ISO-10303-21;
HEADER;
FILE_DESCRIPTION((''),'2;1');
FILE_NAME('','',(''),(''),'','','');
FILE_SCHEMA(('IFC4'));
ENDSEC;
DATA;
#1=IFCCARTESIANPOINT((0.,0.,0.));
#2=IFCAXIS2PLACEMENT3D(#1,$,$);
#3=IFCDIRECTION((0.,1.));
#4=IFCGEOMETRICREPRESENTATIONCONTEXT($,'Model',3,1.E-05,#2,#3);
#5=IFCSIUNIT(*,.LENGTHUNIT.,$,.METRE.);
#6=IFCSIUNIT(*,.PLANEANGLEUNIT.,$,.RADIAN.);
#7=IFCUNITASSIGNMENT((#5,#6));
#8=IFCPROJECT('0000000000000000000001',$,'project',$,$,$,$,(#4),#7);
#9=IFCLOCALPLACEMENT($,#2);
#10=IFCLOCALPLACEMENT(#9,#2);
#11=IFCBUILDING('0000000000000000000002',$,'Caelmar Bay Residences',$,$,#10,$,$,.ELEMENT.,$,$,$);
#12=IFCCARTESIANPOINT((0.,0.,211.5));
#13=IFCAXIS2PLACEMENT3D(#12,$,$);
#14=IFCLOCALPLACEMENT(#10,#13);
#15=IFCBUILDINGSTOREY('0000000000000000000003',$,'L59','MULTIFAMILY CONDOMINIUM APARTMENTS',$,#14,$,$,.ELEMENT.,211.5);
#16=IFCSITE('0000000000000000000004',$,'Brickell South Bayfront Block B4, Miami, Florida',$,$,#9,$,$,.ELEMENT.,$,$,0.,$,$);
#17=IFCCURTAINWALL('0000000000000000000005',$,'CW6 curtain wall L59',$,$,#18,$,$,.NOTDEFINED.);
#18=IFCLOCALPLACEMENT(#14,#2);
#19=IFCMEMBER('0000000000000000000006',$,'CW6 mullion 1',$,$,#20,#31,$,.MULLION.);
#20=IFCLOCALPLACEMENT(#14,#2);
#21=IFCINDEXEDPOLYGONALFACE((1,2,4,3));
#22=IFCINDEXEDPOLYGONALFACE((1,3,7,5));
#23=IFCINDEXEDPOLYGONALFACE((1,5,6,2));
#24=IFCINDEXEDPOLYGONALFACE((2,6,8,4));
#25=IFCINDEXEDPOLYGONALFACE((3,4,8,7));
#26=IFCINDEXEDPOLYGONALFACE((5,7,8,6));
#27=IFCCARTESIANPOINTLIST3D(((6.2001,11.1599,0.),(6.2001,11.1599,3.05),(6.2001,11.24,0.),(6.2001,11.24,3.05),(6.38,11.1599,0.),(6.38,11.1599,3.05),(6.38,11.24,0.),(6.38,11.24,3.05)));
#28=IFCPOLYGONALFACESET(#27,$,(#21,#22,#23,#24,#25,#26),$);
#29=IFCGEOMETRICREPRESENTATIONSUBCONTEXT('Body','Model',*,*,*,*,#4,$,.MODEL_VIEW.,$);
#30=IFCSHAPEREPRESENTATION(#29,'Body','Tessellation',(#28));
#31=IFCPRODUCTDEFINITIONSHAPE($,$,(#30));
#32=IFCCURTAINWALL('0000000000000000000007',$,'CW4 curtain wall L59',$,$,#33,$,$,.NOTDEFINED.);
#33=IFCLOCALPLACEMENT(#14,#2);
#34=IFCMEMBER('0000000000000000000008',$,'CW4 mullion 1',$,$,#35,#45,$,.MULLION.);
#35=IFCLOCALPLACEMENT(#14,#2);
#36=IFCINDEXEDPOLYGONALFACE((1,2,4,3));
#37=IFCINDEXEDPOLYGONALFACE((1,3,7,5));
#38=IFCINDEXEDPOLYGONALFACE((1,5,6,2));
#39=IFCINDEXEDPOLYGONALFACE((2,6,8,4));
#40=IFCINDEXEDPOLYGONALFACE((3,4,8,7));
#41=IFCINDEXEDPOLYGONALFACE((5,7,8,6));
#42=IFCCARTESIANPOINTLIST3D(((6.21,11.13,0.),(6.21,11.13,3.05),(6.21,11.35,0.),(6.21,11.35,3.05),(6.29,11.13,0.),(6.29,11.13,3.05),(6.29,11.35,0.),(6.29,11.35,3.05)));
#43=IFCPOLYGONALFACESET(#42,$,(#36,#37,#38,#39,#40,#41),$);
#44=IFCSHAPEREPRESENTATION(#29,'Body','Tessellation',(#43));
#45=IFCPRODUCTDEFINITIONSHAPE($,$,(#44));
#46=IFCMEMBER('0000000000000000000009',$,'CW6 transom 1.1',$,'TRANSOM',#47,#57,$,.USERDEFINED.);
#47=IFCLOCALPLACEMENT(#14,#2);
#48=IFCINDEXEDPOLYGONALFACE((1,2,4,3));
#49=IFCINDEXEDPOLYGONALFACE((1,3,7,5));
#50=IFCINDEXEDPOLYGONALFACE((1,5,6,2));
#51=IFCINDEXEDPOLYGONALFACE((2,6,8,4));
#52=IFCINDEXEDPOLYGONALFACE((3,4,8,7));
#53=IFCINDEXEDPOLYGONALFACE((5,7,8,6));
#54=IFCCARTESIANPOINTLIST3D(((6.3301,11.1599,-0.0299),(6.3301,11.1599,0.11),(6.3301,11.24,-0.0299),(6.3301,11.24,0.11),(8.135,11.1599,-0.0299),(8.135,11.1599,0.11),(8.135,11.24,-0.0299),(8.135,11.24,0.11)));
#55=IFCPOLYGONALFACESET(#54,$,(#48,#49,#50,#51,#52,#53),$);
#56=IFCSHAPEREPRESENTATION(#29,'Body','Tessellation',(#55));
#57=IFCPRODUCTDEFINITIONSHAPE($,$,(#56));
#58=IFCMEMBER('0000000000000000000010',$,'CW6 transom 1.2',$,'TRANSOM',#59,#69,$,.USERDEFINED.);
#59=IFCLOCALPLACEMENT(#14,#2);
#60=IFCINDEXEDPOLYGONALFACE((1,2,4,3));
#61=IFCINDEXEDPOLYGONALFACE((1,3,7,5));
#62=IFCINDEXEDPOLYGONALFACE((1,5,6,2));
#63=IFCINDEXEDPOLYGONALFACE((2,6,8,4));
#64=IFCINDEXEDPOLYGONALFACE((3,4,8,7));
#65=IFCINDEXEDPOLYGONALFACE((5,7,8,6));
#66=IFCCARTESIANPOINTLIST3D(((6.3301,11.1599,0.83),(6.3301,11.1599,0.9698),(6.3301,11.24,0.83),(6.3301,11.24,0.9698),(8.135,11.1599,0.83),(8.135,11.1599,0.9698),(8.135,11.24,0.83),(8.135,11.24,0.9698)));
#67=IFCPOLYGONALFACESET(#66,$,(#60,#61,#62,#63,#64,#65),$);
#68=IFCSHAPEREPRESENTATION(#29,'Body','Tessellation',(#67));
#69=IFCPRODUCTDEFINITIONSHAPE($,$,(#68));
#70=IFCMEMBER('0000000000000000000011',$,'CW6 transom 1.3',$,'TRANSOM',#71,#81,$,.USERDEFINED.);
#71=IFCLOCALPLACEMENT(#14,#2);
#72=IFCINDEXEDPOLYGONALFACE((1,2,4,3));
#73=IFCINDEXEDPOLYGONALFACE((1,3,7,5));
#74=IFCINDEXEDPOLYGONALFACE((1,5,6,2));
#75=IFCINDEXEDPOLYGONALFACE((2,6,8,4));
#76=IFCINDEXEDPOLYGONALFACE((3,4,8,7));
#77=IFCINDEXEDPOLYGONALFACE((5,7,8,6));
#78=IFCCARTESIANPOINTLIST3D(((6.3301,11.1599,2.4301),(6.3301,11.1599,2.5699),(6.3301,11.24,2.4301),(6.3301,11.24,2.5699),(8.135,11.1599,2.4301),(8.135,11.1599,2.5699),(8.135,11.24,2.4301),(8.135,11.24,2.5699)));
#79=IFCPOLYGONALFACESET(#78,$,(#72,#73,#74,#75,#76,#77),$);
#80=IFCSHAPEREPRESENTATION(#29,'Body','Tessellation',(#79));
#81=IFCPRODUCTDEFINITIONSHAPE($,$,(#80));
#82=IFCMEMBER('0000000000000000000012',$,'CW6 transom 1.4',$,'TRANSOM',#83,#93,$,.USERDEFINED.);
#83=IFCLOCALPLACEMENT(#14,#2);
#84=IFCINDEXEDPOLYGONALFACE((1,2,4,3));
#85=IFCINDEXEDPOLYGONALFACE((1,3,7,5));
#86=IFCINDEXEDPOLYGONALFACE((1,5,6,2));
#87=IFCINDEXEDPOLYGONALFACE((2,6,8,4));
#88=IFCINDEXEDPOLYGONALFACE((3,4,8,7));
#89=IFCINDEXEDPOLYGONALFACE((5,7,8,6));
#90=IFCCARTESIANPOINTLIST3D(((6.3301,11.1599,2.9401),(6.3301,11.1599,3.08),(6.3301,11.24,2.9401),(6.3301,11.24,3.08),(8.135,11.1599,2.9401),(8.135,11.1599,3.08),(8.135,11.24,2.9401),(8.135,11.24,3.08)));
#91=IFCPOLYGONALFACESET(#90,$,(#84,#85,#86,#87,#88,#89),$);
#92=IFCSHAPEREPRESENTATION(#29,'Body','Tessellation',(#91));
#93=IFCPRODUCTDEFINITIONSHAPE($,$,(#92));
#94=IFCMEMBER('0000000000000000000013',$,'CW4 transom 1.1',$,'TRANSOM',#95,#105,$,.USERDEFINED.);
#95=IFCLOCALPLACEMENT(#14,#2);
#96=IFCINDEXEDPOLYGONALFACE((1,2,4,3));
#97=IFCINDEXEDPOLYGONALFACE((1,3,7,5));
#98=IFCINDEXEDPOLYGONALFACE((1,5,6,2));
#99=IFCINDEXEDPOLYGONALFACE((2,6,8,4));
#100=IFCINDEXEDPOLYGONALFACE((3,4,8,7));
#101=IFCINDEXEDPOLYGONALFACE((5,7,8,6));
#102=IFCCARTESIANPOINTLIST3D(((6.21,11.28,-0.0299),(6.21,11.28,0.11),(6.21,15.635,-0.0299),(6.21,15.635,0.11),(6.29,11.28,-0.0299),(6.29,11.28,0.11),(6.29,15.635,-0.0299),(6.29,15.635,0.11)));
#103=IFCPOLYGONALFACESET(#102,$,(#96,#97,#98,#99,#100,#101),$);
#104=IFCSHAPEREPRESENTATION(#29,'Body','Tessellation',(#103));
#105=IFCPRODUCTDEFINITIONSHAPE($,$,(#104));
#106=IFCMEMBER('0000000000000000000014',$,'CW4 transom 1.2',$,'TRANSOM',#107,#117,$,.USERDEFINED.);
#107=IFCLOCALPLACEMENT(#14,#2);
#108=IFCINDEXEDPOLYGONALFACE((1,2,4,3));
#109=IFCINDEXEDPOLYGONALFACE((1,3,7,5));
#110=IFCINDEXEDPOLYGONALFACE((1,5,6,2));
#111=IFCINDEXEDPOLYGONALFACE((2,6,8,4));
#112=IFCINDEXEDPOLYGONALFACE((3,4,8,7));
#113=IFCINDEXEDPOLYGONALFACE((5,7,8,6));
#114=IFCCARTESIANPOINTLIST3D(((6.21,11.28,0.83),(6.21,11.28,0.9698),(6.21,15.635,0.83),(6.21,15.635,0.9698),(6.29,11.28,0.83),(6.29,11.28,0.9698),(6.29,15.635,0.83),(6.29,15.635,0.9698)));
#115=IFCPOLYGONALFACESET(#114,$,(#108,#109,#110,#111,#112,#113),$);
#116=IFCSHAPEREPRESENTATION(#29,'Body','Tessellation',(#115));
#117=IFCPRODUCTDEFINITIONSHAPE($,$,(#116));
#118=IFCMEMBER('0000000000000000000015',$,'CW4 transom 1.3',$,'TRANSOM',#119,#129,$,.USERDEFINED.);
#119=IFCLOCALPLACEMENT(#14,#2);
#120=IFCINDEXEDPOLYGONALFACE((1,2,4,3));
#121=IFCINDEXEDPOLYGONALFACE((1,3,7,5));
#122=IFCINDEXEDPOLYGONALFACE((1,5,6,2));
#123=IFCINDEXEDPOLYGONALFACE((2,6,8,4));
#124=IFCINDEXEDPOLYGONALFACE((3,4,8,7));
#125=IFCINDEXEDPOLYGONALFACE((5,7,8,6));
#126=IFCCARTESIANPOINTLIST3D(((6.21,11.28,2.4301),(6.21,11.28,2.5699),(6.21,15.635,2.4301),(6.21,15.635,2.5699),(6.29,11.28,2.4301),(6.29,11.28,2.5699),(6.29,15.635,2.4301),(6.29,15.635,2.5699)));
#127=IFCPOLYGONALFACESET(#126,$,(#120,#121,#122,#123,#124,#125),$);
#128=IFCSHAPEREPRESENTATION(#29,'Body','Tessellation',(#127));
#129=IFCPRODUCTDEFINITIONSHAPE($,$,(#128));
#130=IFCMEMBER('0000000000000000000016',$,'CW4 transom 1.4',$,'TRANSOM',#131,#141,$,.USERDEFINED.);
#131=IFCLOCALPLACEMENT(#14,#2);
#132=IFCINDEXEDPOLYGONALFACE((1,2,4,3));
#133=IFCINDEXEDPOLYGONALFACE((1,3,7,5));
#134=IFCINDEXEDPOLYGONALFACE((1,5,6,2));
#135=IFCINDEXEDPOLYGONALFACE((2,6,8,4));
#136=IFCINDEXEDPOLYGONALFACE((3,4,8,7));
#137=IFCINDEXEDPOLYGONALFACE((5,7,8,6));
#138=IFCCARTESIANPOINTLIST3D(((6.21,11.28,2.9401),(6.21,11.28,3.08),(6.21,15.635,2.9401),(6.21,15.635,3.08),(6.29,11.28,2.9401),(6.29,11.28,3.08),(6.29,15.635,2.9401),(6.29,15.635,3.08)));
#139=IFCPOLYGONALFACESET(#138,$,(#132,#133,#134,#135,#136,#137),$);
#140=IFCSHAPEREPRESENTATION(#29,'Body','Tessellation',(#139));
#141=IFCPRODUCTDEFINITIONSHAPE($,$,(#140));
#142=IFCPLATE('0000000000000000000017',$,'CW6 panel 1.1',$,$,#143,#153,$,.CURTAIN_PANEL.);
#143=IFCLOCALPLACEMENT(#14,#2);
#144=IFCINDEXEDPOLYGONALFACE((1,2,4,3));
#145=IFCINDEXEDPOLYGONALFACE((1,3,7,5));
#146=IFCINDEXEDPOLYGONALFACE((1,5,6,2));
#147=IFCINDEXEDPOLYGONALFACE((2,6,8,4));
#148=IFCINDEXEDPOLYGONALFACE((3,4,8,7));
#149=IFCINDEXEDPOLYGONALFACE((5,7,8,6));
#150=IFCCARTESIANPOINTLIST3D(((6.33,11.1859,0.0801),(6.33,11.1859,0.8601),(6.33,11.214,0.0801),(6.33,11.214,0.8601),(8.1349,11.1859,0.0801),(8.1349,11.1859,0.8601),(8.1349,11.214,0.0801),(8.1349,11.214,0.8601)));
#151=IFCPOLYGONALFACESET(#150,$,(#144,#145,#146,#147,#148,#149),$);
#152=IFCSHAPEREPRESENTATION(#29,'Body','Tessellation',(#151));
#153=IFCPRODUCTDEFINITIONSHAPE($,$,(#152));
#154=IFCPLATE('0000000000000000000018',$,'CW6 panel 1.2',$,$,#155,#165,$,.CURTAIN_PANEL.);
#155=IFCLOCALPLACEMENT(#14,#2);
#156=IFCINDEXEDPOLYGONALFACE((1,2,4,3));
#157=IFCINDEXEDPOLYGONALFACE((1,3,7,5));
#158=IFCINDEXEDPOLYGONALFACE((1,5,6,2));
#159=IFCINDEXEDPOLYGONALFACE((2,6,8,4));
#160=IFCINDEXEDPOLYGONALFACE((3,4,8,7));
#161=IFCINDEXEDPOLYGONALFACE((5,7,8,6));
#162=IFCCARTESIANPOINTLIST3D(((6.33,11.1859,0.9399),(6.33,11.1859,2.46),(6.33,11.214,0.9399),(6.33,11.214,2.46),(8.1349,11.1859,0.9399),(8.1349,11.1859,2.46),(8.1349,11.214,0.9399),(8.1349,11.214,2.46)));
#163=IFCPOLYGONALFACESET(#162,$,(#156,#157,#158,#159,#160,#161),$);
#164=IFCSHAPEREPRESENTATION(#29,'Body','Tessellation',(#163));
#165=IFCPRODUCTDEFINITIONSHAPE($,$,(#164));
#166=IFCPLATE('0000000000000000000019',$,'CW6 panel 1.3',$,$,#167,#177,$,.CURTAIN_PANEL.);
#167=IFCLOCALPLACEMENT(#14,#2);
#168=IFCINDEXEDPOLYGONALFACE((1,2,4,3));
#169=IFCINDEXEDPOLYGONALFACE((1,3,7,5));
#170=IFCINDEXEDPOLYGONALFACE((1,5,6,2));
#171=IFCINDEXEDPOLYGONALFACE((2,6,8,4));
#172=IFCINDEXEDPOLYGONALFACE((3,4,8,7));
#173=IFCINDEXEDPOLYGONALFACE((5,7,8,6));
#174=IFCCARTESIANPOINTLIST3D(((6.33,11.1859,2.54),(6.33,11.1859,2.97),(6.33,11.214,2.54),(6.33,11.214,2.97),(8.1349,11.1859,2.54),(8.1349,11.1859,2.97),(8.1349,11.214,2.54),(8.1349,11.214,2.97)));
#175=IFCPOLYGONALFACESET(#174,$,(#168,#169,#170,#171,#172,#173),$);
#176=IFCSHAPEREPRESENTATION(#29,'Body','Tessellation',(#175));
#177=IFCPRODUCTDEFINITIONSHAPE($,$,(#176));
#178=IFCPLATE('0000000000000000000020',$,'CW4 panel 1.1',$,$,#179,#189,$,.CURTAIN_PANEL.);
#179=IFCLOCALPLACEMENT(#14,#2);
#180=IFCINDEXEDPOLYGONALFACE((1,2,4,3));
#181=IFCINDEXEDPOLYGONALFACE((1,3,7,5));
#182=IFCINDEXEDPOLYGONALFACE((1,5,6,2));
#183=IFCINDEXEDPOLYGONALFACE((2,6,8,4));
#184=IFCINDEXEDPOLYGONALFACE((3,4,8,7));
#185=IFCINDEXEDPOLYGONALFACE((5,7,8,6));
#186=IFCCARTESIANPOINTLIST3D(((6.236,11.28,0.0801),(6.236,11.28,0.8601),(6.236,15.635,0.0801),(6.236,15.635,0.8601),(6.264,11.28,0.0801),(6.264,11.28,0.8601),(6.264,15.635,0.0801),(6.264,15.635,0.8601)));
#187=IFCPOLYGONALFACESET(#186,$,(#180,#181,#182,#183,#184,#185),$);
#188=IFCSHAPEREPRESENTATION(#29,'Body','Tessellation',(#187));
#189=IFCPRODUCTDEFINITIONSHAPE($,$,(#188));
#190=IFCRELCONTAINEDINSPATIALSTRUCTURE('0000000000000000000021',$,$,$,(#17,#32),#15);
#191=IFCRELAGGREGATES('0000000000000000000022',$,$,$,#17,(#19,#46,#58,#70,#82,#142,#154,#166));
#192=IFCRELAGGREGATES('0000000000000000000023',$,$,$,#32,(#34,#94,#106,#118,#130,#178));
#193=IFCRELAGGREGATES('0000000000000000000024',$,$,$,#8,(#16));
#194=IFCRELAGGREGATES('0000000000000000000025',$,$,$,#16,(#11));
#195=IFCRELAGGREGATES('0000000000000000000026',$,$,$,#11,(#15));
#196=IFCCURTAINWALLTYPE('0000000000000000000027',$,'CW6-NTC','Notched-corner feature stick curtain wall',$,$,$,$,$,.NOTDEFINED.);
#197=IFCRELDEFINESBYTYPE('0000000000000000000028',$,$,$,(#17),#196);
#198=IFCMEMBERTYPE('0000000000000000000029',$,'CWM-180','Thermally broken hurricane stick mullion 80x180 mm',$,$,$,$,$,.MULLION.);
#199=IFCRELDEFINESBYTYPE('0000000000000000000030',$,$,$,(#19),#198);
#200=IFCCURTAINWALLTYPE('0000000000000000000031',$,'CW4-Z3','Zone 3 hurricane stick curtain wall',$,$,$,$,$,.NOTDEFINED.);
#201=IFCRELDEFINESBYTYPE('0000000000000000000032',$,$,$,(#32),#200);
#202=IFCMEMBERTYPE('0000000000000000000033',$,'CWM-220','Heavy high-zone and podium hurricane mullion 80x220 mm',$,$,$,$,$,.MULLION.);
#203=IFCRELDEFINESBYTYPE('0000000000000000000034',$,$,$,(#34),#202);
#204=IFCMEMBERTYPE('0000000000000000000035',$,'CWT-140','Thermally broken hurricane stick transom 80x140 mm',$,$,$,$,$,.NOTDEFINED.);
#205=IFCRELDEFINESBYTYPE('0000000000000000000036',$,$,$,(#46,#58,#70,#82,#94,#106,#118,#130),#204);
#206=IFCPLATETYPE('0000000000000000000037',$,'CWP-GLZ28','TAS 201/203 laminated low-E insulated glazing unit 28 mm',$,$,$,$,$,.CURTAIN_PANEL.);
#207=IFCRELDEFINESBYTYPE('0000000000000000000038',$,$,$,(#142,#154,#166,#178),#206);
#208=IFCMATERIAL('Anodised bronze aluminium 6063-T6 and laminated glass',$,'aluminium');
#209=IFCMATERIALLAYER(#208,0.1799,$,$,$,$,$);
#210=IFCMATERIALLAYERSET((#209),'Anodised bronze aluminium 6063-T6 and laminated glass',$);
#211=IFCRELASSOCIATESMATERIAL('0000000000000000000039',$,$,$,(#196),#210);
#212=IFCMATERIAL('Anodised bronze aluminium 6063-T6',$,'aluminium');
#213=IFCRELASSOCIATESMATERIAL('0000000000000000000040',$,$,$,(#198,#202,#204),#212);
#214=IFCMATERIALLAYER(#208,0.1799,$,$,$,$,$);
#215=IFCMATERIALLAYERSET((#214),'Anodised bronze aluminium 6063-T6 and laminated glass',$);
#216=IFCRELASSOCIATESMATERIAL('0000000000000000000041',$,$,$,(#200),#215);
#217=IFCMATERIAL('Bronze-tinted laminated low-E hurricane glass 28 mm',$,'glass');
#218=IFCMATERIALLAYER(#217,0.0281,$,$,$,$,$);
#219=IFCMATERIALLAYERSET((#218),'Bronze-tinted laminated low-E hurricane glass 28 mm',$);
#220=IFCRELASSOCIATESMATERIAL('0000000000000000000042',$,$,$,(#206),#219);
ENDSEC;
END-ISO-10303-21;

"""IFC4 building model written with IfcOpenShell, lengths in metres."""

from ifc_helpers import new_model, si_unit, direction, frame, origin, origin_2d, place, context, subcontext, project, spatial, rectangle, extrude, material, layer, layer_set, material_profile, profile_set, type_object, element, aggregate, save


model = new_model("IFC4")

# Units and contexts
model_context = context("Model", 3, precision=1e-05, world=origin(), true_north=direction((0.0, 1.0)))
body_context = subcontext(model_context, "Body", "Model", "MODEL_VIEW")
ifc_project = project(units=[si_unit("LENGTHUNIT", "METRE"), si_unit("PLANEANGLEUNIT", "RADIAN")], contexts=[model_context])

# Site, building, storey
site_placement = place(None, origin())
site = spatial("IfcSite", under=ifc_project, at=site_placement, Name="Brickell South Bayfront Block B4, Miami, Florida", CompositionType="ELEMENT", RefElevation=0.0)
building_placement = place(site_placement, origin())
building = spatial("IfcBuilding", under=site, at=building_placement, Name="Caelmar Bay Residences", CompositionType="ELEMENT")
storey_placement = place(building_placement, frame((0.0, 0.0, 211.5)))
storey = spatial("IfcBuildingStorey", under=building, at=storey_placement, Name="L59", Description="MULTIFAMILY CONDOMINIUM APARTMENTS", CompositionType="ELEMENT", Elevation=211.5)

# Curtain walls, members
ifc_material_1 = material(Name="Anodised bronze aluminium 6063-T6 and laminated glass", Category="aluminium")
ifc_layer_1 = layer(ifc_material_1, 0.1799)
ifc_layer_set_1 = layer_set([ifc_layer_1], Name="Anodised bronze aluminium 6063-T6 and laminated glass")
curtain_wall_type_1 = type_object("IfcCurtainWallType", Name="CW6-NTC", Description="Notched-corner feature stick curtain wall", PredefinedType="NOTDEFINED", material=ifc_layer_set_1)
curtain_wall_1_placement = place(storey_placement, origin())
curtain_wall_1 = element("IfcCurtainWall", 1, at=curtain_wall_1_placement, inside=storey, type_object=curtain_wall_type_1, Name="CW6 curtain wall L59", PredefinedType="NOTDEFINED")
ifc_material_2 = material(Name="Anodised bronze aluminium 6063-T6", Category="aluminium")
ifc_material_profile_1 = material_profile(ifc_material_2, rectangle(XDim=0.0801, YDim=0.1799, at=origin_2d()), Name="CWM-80X180")
ifc_profile_set_1 = profile_set([ifc_material_profile_1], Name="Anodised bronze aluminium 6063-T6")
member_type_1 = type_object("IfcMemberType", Name="CWM-180", Description="Thermally broken hurricane stick mullion 80x180 mm", PredefinedType="MULLION", material=ifc_profile_set_1)
member_1_placement = place(storey_placement, frame((6.29, 11.2, 0.0), z_axis=(0.0, 0.0, 1.0), x_axis=(0.0, 1.0, 0.0)))
member_1 = element("IfcMember", 2, at=member_1_placement, type_object=member_type_1, Name="CW6 mullion 1", PredefinedType="MULLION", context=body_context, shape_type="SweptSolid", body=[
    extrude(rectangle(XDim=0.0801, YDim=0.1799, at=origin_2d()), origin(), (0.0, 0.0, 1.0), 3.05),
])
ifc_layer_2 = layer(ifc_material_1, 0.1799)
ifc_layer_set_2 = layer_set([ifc_layer_2], Name="Anodised bronze aluminium 6063-T6 and laminated glass")
curtain_wall_type_2 = type_object("IfcCurtainWallType", Name="CW4-Z3", Description="Zone 3 hurricane stick curtain wall", PredefinedType="NOTDEFINED", material=ifc_layer_set_2)
curtain_wall_2_placement = place(storey_placement, origin())
curtain_wall_2 = element("IfcCurtainWall", 3, at=curtain_wall_2_placement, inside=storey, type_object=curtain_wall_type_2, Name="CW4 curtain wall L59", PredefinedType="NOTDEFINED")
ifc_material_profile_2 = material_profile(ifc_material_2, rectangle(XDim=0.0801, YDim=0.22, at=origin_2d()), Name="CWM-80X220")
ifc_profile_set_2 = profile_set([ifc_material_profile_2], Name="Anodised bronze aluminium 6063-T6")
member_type_2 = type_object("IfcMemberType", Name="CWM-220", Description="Heavy high-zone and podium hurricane mullion 80x220 mm", PredefinedType="MULLION", material=ifc_profile_set_2)
member_2_placement = place(storey_placement, frame((6.25, 11.24, 0.0), z_axis=(0.0, 0.0, 1.0), x_axis=(-1.0, 0.0, 0.0)))
member_2 = element("IfcMember", 4, at=member_2_placement, type_object=member_type_2, Name="CW4 mullion 1", PredefinedType="MULLION", context=body_context, shape_type="SweptSolid", body=[
    extrude(rectangle(XDim=0.0801, YDim=0.22, at=origin_2d()), origin(), (0.0, 0.0, 1.0), 3.05),
])

# Members
ifc_material_profile_3 = material_profile(ifc_material_2, rectangle(XDim=0.0801, YDim=0.1399, at=origin_2d()), Name="CWT-80X140")
ifc_profile_set_3 = profile_set([ifc_material_profile_3], Name="Anodised bronze aluminium 6063-T6")
member_type_3 = type_object("IfcMemberType", Name="CWT-140", Description="Thermally broken hurricane stick transom 80x140 mm", PredefinedType="NOTDEFINED", material=ifc_profile_set_3)
member_3_placement = place(storey_placement, frame((6.3301, 11.2, 0.04), z_axis=(1.0, 0.0, 0.0), x_axis=(0.0, 1.0, 0.0)))
member_3 = element("IfcMember", 5, at=member_3_placement, type_object=member_type_3, Name="CW6 transom 1.1", ObjectType="TRANSOM", PredefinedType="USERDEFINED", context=body_context, shape_type="SweptSolid", body=[
    extrude(rectangle(XDim=0.0801, YDim=0.1399, at=origin_2d()), origin(), (0.0, 0.0, 1.0), 1.8049),
])
member_4_placement = place(storey_placement, frame((6.3301, 11.2, 0.8999), z_axis=(1.0, 0.0, 0.0), x_axis=(0.0, 1.0, 0.0)))
member_4 = element("IfcMember", 6, at=member_4_placement, type_object=member_type_3, Name="CW6 transom 1.2", ObjectType="TRANSOM", PredefinedType="USERDEFINED", context=body_context, shape_type="SweptSolid", body=[
    extrude(rectangle(XDim=0.0801, YDim=0.1399, at=origin_2d()), origin(), (0.0, 0.0, 1.0), 1.8049),
])
member_5_placement = place(storey_placement, frame((6.3301, 11.2, 2.5), z_axis=(1.0, 0.0, 0.0), x_axis=(0.0, 1.0, 0.0)))
member_5 = element("IfcMember", 7, at=member_5_placement, type_object=member_type_3, Name="CW6 transom 1.3", ObjectType="TRANSOM", PredefinedType="USERDEFINED", context=body_context, shape_type="SweptSolid", body=[
    extrude(rectangle(XDim=0.0801, YDim=0.1399, at=origin_2d()), origin(), (0.0, 0.0, 1.0), 1.8049),
])
member_6_placement = place(storey_placement, frame((6.3301, 11.2, 3.01), z_axis=(1.0, 0.0, 0.0), x_axis=(0.0, 1.0, 0.0)))
member_6 = element("IfcMember", 8, at=member_6_placement, type_object=member_type_3, Name="CW6 transom 1.4", ObjectType="TRANSOM", PredefinedType="USERDEFINED", context=body_context, shape_type="SweptSolid", body=[
    extrude(rectangle(XDim=0.0801, YDim=0.1399, at=origin_2d()), origin(), (0.0, 0.0, 1.0), 1.8049),
])
member_7_placement = place(storey_placement, frame((6.25, 11.28, 0.04), z_axis=(0.0, 1.0, 0.0), x_axis=(-1.0, 0.0, 0.0)))
member_7 = element("IfcMember", 9, at=member_7_placement, type_object=member_type_3, Name="CW4 transom 1.1", ObjectType="TRANSOM", PredefinedType="USERDEFINED", context=body_context, shape_type="SweptSolid", body=[
    extrude(rectangle(XDim=0.0801, YDim=0.1399, at=origin_2d()), origin(), (0.0, 0.0, 1.0), 4.355),
])
member_8_placement = place(storey_placement, frame((6.25, 11.28, 0.8999), z_axis=(0.0, 1.0, 0.0), x_axis=(-1.0, 0.0, 0.0)))
member_8 = element("IfcMember", 10, at=member_8_placement, type_object=member_type_3, Name="CW4 transom 1.2", ObjectType="TRANSOM", PredefinedType="USERDEFINED", context=body_context, shape_type="SweptSolid", body=[
    extrude(rectangle(XDim=0.0801, YDim=0.1399, at=origin_2d()), origin(), (0.0, 0.0, 1.0), 4.355),
])
member_9_placement = place(storey_placement, frame((6.25, 11.28, 2.5), z_axis=(0.0, 1.0, 0.0), x_axis=(-1.0, 0.0, 0.0)))
member_9 = element("IfcMember", 11, at=member_9_placement, type_object=member_type_3, Name="CW4 transom 1.3", ObjectType="TRANSOM", PredefinedType="USERDEFINED", context=body_context, shape_type="SweptSolid", body=[
    extrude(rectangle(XDim=0.0801, YDim=0.1399, at=origin_2d()), origin(), (0.0, 0.0, 1.0), 4.355),
])
member_10_placement = place(storey_placement, frame((6.25, 11.28, 3.01), z_axis=(0.0, 1.0, 0.0), x_axis=(-1.0, 0.0, 0.0)))
member_10 = element("IfcMember", 12, at=member_10_placement, type_object=member_type_3, Name="CW4 transom 1.4", ObjectType="TRANSOM", PredefinedType="USERDEFINED", context=body_context, shape_type="SweptSolid", body=[
    extrude(rectangle(XDim=0.0801, YDim=0.1399, at=origin_2d()), origin(), (0.0, 0.0, 1.0), 4.355),
])

# Plates
ifc_material_3 = material(Name="Bronze-tinted laminated low-E hurricane glass 28 mm", Category="glass")
ifc_layer_3 = layer(ifc_material_3, 0.0281)
ifc_layer_set_3 = layer_set([ifc_layer_3], Name="Bronze-tinted laminated low-E hurricane glass 28 mm")
plate_type = type_object("IfcPlateType", Name="CWP-GLZ28", Description="TAS 201/203 laminated low-E insulated glazing unit 28 mm", PredefinedType="CURTAIN_PANEL", material=ifc_layer_set_3)
plate_1_placement = place(storey_placement, frame((7.2324, 11.2, 0.0801), z_axis=(0.0, 0.0, 1.0), x_axis=(1.0, 0.0, 0.0)))
plate_1 = element("IfcPlate", 13, at=plate_1_placement, type_object=plate_type, Name="CW6 panel 1.1", PredefinedType="CURTAIN_PANEL", context=body_context, shape_type="SweptSolid", body=[
    extrude(rectangle(XDim=1.8049, YDim=0.0281, at=origin_2d()), origin(), (0.0, 0.0, 1.0), 0.78),
])
plate_2_placement = place(storey_placement, frame((7.2324, 11.2, 0.9399), z_axis=(0.0, 0.0, 1.0), x_axis=(1.0, 0.0, 0.0)))
plate_2 = element("IfcPlate", 14, at=plate_2_placement, type_object=plate_type, Name="CW6 panel 1.2", PredefinedType="CURTAIN_PANEL", context=body_context, shape_type="SweptSolid", body=[
    extrude(rectangle(XDim=1.8049, YDim=0.0281, at=origin_2d()), origin(), (0.0, 0.0, 1.0), 1.52),
])
plate_3_placement = place(storey_placement, frame((7.2324, 11.2, 2.54), z_axis=(0.0, 0.0, 1.0), x_axis=(1.0, 0.0, 0.0)))
plate_3 = element("IfcPlate", 15, at=plate_3_placement, type_object=plate_type, Name="CW6 panel 1.3", PredefinedType="CURTAIN_PANEL", context=body_context, shape_type="SweptSolid", body=[
    extrude(rectangle(XDim=1.8049, YDim=0.0281, at=origin_2d()), origin(), (0.0, 0.0, 1.0), 0.4299),
])
aggregate(curtain_wall_1, [member_1, member_3, member_4, member_5, member_6, plate_1, plate_2, plate_3])
plate_4_placement = place(storey_placement, frame((6.25, 13.4575, 0.0801), z_axis=(0.0, 0.0, 1.0), x_axis=(0.0, 1.0, 0.0)))
plate_4 = element("IfcPlate", 16, at=plate_4_placement, type_object=plate_type, Name="CW4 panel 1.1", PredefinedType="CURTAIN_PANEL", context=body_context, shape_type="SweptSolid", body=[
    extrude(rectangle(XDim=4.355, YDim=0.0281, at=origin_2d()), origin(), (0.0, 0.0, 1.0), 0.78),
])
aggregate(curtain_wall_2, [member_2, member_7, member_8, member_9, member_10, plate_4])

save(model, "model.ifc")
